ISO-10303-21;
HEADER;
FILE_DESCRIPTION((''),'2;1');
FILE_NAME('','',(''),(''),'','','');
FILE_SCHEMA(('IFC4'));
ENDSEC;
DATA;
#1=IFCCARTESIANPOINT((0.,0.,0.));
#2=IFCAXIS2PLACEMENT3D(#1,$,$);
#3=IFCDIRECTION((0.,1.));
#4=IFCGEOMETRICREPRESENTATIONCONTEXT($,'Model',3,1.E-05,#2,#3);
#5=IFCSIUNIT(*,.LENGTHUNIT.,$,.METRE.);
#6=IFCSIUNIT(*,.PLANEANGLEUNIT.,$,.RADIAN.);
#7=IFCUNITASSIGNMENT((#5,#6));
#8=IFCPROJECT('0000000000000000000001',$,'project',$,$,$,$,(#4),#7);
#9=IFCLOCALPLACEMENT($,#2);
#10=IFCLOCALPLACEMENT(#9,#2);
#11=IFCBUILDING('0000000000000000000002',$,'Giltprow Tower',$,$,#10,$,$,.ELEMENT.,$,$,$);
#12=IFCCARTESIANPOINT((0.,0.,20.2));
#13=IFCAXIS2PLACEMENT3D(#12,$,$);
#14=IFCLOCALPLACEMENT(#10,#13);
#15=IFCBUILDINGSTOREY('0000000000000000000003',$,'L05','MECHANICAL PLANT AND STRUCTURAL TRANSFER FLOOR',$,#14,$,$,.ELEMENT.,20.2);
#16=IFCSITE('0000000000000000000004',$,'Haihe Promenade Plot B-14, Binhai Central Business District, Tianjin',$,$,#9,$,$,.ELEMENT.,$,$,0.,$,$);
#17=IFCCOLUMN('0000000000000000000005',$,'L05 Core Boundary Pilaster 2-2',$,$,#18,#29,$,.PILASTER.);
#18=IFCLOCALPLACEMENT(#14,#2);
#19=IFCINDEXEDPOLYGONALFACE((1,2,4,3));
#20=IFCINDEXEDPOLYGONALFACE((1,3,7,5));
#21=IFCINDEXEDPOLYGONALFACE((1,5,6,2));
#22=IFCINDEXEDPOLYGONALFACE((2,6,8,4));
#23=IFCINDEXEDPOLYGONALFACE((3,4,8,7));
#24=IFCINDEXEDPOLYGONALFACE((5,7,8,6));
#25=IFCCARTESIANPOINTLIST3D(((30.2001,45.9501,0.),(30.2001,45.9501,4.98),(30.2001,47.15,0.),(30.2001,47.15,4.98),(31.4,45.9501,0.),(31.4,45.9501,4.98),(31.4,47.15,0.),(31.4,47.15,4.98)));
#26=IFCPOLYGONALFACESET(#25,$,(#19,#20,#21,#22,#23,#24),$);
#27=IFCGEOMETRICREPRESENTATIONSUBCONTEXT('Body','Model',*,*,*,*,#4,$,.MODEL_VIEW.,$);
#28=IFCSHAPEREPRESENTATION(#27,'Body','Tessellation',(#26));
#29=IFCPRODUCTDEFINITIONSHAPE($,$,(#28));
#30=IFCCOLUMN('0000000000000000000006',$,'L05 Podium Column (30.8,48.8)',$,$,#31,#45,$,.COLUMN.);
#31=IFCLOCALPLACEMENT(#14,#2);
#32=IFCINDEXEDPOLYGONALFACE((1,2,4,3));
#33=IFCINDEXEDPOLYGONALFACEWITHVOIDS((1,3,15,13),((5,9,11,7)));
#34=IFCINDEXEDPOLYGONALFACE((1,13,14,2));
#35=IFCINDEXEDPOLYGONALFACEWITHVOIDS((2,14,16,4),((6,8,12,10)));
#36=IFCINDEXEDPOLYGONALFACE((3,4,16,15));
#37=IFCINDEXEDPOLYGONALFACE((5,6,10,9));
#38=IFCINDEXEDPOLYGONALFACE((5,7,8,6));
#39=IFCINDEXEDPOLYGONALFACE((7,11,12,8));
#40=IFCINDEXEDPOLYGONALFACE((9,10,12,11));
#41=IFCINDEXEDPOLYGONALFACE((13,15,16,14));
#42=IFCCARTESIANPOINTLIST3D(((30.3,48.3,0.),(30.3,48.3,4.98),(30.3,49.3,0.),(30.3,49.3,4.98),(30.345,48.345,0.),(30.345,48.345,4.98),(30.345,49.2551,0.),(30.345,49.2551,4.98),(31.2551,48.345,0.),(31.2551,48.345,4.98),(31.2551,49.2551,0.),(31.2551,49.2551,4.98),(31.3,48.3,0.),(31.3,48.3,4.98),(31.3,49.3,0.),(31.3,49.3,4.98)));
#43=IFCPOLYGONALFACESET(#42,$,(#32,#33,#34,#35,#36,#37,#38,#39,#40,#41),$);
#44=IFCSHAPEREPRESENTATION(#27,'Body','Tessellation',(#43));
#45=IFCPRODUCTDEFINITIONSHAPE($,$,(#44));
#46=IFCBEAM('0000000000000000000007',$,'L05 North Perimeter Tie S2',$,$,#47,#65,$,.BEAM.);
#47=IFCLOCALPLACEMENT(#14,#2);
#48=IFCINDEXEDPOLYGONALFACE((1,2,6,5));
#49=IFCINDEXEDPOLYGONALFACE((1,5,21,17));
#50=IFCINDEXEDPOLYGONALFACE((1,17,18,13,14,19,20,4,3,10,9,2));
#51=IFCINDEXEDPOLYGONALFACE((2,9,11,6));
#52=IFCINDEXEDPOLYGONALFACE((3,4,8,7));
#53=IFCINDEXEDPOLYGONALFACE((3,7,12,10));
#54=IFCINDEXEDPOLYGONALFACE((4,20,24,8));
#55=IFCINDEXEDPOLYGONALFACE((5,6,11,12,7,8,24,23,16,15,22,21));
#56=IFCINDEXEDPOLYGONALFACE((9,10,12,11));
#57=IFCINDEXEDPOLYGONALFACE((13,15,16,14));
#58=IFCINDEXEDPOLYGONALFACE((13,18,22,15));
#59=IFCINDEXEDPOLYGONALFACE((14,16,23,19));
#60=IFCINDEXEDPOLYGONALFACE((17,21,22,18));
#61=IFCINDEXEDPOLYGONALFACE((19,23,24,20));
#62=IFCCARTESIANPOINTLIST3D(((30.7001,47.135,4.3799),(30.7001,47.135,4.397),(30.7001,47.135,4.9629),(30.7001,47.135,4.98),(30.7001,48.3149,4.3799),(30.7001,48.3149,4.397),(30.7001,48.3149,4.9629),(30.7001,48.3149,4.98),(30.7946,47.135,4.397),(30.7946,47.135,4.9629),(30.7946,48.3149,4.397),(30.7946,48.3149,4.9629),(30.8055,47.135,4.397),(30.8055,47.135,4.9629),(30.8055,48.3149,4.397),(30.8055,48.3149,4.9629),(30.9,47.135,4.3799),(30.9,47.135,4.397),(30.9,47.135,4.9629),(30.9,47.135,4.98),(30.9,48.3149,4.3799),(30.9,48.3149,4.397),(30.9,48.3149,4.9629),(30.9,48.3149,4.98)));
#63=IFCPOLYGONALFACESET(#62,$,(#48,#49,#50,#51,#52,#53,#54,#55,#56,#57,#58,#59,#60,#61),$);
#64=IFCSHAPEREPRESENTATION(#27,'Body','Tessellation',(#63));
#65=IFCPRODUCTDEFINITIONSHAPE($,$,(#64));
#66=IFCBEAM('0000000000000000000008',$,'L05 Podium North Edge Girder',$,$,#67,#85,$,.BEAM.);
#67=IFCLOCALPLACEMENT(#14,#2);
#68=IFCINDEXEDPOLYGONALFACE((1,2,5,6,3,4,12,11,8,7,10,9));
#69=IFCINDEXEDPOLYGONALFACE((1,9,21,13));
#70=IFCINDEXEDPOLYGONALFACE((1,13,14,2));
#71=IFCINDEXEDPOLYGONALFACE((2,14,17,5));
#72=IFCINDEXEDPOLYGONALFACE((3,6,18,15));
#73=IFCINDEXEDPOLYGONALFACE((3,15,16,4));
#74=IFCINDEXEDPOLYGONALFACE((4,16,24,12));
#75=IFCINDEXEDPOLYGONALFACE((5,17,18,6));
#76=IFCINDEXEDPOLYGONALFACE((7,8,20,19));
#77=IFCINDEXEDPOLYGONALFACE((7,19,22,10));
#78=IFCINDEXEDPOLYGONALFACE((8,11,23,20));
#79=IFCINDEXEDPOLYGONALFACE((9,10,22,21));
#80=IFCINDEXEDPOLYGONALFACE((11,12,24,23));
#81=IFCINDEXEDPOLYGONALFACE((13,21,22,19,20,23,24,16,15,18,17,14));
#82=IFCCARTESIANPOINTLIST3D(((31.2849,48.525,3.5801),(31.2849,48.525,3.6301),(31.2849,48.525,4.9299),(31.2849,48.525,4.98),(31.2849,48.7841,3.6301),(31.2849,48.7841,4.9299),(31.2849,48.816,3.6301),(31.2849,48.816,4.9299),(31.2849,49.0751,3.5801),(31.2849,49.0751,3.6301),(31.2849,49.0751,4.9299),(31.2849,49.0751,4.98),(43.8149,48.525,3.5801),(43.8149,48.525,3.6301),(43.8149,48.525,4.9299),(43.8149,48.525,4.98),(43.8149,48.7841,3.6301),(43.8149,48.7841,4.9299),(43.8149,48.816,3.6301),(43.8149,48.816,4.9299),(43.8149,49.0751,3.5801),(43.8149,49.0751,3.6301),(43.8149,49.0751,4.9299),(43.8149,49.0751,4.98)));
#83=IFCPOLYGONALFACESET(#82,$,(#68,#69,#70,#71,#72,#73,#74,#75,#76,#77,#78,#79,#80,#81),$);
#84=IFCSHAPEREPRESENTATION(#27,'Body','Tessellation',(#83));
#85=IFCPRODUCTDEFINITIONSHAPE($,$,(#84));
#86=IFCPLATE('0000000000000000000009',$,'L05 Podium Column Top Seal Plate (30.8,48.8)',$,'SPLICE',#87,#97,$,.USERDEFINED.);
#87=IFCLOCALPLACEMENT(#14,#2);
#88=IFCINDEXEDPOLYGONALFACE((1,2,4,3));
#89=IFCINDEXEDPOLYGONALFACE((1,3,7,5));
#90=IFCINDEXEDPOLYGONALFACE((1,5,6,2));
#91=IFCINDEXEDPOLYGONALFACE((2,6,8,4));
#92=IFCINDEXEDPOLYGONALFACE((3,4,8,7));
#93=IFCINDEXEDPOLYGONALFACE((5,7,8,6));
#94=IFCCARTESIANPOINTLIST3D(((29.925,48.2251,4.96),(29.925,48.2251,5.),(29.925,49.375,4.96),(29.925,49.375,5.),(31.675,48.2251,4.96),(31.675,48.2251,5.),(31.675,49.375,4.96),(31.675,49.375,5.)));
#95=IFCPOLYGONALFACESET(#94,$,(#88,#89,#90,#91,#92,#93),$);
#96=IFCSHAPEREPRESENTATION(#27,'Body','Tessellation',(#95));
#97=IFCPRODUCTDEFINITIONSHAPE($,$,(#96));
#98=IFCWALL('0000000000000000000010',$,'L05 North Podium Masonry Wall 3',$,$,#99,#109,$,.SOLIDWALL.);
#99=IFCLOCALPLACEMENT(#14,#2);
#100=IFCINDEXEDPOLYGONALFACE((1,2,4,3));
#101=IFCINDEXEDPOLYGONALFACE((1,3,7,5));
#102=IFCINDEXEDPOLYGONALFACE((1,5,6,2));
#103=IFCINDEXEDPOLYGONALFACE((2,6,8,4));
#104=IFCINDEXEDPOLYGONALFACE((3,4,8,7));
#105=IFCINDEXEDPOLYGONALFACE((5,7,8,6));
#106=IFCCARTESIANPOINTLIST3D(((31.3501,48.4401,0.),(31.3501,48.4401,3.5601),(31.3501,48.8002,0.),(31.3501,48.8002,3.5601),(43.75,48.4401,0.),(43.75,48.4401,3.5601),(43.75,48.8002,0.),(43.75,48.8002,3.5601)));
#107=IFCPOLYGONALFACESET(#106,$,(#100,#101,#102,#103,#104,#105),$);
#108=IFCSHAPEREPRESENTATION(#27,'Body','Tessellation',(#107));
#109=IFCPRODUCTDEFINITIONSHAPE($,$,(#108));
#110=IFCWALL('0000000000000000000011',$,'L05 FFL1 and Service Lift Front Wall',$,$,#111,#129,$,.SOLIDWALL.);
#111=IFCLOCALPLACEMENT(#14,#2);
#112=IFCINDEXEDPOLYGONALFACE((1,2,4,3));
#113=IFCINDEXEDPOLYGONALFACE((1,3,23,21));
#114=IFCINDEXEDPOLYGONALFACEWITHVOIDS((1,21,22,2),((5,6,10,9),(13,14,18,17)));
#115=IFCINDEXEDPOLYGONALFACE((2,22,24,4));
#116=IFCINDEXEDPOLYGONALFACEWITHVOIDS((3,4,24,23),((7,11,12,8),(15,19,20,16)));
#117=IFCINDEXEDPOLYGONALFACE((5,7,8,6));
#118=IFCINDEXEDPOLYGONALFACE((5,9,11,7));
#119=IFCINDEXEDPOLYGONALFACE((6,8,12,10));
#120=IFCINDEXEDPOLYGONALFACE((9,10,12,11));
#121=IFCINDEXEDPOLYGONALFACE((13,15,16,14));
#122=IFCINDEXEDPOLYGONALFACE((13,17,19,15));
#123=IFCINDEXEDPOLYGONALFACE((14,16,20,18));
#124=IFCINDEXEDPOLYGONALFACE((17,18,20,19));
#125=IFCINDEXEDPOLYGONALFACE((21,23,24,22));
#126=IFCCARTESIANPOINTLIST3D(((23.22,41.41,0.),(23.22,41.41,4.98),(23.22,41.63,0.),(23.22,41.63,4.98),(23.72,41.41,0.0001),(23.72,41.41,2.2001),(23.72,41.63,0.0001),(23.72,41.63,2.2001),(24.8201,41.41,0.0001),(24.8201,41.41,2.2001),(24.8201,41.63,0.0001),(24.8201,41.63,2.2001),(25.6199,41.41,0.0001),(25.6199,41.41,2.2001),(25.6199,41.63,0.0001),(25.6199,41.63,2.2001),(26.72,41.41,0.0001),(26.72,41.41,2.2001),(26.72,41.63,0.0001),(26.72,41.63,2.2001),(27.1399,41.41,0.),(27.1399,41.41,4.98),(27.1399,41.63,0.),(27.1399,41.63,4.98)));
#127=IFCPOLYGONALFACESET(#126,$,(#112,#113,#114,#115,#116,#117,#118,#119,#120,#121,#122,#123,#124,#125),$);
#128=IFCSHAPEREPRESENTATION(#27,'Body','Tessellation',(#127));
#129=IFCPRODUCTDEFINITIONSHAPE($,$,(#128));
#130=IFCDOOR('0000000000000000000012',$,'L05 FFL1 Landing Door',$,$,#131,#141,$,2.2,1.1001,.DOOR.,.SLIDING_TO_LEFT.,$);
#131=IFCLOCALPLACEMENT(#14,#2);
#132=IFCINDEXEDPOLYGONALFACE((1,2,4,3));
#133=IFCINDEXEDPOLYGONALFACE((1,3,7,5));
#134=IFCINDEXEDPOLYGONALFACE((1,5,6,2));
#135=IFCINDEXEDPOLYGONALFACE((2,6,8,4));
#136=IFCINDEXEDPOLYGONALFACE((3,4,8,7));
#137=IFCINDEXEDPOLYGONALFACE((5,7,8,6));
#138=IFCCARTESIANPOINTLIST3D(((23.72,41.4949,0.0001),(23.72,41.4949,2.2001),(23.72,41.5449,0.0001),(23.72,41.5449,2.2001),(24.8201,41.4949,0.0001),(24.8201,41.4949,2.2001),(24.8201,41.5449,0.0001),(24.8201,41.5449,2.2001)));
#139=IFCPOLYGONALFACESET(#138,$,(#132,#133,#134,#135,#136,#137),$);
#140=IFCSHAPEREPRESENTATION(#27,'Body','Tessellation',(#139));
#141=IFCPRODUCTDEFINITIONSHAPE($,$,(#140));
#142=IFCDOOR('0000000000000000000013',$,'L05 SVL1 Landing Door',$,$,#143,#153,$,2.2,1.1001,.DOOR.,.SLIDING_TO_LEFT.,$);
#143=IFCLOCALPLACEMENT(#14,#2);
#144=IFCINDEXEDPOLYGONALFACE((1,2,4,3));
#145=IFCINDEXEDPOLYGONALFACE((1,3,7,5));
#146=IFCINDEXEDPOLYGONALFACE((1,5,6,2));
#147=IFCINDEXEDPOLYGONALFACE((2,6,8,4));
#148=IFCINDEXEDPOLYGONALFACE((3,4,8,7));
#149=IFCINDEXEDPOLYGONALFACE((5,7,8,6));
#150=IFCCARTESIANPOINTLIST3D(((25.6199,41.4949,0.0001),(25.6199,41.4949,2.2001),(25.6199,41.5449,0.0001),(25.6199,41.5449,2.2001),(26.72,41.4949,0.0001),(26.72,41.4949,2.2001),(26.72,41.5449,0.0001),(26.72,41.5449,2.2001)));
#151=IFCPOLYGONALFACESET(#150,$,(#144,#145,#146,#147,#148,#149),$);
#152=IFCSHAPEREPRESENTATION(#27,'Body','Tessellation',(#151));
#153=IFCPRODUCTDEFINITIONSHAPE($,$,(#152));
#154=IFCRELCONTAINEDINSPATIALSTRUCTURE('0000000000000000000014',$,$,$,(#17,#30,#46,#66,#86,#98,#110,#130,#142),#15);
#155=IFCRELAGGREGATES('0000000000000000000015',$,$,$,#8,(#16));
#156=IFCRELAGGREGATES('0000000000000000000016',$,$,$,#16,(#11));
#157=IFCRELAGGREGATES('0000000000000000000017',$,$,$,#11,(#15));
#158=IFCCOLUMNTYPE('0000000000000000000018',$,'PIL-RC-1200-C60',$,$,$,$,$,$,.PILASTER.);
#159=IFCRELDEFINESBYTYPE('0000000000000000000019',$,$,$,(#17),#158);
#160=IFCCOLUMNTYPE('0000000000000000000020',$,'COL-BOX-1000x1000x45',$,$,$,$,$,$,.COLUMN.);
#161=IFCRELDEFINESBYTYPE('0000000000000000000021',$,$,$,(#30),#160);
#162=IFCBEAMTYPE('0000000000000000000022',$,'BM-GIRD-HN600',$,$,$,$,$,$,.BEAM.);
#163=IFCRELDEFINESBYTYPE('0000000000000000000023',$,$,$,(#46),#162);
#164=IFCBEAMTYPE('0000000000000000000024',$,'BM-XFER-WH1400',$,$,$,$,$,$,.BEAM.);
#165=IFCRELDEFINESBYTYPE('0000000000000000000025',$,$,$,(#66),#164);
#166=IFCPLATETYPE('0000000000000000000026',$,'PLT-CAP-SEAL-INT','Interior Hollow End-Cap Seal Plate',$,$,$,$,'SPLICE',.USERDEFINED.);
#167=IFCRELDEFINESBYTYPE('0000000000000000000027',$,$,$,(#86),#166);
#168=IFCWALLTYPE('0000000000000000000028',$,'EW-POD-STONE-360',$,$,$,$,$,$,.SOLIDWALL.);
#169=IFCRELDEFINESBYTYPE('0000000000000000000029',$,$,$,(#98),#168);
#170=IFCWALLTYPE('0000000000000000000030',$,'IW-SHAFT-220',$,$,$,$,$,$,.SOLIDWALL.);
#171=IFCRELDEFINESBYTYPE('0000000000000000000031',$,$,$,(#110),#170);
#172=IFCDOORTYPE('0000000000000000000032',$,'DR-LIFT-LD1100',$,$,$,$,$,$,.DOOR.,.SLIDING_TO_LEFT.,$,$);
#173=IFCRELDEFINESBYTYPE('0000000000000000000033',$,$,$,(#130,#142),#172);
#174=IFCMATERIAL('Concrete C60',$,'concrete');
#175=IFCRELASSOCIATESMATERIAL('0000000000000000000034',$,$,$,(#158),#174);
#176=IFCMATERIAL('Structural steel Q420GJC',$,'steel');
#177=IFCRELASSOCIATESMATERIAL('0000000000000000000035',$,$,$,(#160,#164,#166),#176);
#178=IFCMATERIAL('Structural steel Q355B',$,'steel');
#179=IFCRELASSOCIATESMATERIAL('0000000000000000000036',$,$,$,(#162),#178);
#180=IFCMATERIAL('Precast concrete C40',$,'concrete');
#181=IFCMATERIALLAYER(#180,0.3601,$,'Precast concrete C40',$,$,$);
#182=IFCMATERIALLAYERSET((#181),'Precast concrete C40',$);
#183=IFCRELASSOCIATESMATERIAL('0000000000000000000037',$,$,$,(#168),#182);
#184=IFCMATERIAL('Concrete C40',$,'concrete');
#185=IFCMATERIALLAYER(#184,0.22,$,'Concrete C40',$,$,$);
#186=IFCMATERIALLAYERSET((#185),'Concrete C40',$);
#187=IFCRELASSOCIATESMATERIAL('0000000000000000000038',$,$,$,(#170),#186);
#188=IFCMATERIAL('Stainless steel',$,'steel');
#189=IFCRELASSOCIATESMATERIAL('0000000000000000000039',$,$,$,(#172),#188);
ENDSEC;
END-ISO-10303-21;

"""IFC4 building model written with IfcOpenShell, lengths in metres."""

from ifc_helpers import new_model, si_unit, direction, frame, frame_2d, origin, origin_2d, place, context, subcontext, project, spatial, rectangle, hollow_rectangle, i_section, extrude, source, transform, mapped, material, layer, layer_set, material_profile, profile_set, type_object, element, fill, save


model = new_model("IFC4")

# Units and contexts
model_context = context("Model", 3, precision=1e-05, world=origin(), true_north=direction((0.0, 1.0)))
body_context = subcontext(model_context, "Body", "Model", "MODEL_VIEW")
ifc_project = project(units=[si_unit("LENGTHUNIT", "METRE"), si_unit("PLANEANGLEUNIT", "RADIAN")], contexts=[model_context])

# Site, building, storey
site_placement = place(None, origin())
site = spatial("IfcSite", under=ifc_project, at=site_placement, Name="Haihe Promenade Plot B-14, Binhai Central Business District, Tianjin", CompositionType="ELEMENT", RefElevation=0.0)
building_placement = place(site_placement, origin())
building = spatial("IfcBuilding", under=site, at=building_placement, Name="Giltprow Tower", CompositionType="ELEMENT")
storey_placement = place(building_placement, frame((0.0, 0.0, 20.2)))
storey = spatial("IfcBuildingStorey", under=building, at=storey_placement, Name="L05", Description="MECHANICAL PLANT AND STRUCTURAL TRANSFER FLOOR", CompositionType="ELEMENT", Elevation=20.2)

# Columns
ifc_material_1 = material(Name="Concrete C60", Category="concrete")
ifc_material_profile_1 = material_profile(ifc_material_1, rectangle(XDim=1.2, YDim=1.2, at=origin_2d()), Name="RC 1200x1200")
ifc_profile_set_1 = profile_set([ifc_material_profile_1], Name="Concrete C60")
column_type_1 = type_object("IfcColumnType", Name="PIL-RC-1200-C60", PredefinedType="PILASTER", material=ifc_profile_set_1)
shared_shape_1 = source(origin(), body_context, "Body", "SweptSolid", [
    extrude(rectangle(XDim=1.2, YDim=1.2, at=origin_2d()), origin(), (0.0, 0.0, 1.0), 4.98),
])
column_1_placement = place(storey_placement, frame((30.8, 46.55, 0.0), z_axis=(0.0, 0.0, 1.0), x_axis=(1.0, 0.0, 0.0)))
element("IfcColumn", 1, at=column_1_placement, inside=storey, type_object=column_type_1, Name="L05 Core Boundary Pilaster 2-2", PredefinedType="PILASTER", context=body_context, shape_type="MappedRepresentation", body=[
    mapped(shared_shape_1, transform((0.0, 0.0, 0.0), x_axis=(1.0, 0.0, 0.0), y_axis=(0.0, 1.0, 0.0), z_axis=(0.0, 0.0, 1.0), scale=1.0)),
])
ifc_material_2 = material(Name="Structural steel Q420GJC", Category="steel")
ifc_material_profile_2 = material_profile(ifc_material_2, hollow_rectangle(XDim=1.0, YDim=1.0, WallThickness=0.0449, at=origin_2d()), Name="BOX 1000x1000x45")
ifc_profile_set_2 = profile_set([ifc_material_profile_2], Name="Structural steel Q420GJC")
column_type_2 = type_object("IfcColumnType", Name="COL-BOX-1000x1000x45", PredefinedType="COLUMN", material=ifc_profile_set_2)
shared_shape_2 = source(origin(), body_context, "Body", "SweptSolid", [
    extrude(hollow_rectangle(XDim=1.0, YDim=1.0, WallThickness=0.0449, at=origin_2d()), origin(), (0.0, 0.0, 1.0), 4.98),
])
column_2_placement = place(storey_placement, frame((30.8, 48.8, 0.0), z_axis=(0.0, 0.0, 1.0), x_axis=(1.0, 0.0, 0.0)))
element("IfcColumn", 2, at=column_2_placement, inside=storey, type_object=column_type_2, Name="L05 Podium Column (30.8,48.8)", PredefinedType="COLUMN", context=body_context, shape_type="MappedRepresentation", body=[
    mapped(shared_shape_2, transform((0.0, 0.0, 0.0), x_axis=(1.0, 0.0, 0.0), y_axis=(0.0, 1.0, 0.0), z_axis=(0.0, 0.0, 1.0), scale=1.0)),
])

# Beams
ifc_material_3 = material(Name="Structural steel Q355B", Category="steel")
ifc_material_profile_3 = material_profile(ifc_material_3, i_section(OverallWidth=0.2, OverallDepth=0.6001, WebThickness=0.011, FlangeThickness=0.0171, at=origin_2d()), Name="HN 600x200x11x17")
ifc_profile_set_3 = profile_set([ifc_material_profile_3], Name="Structural steel Q355B")
beam_type_1 = type_object("IfcBeamType", Name="BM-GIRD-HN600", PredefinedType="BEAM", material=ifc_profile_set_3)
shared_shape_3 = source(origin(), body_context, "Body", "SweptSolid", [
    extrude(i_section(OverallWidth=0.2, OverallDepth=0.6001, WebThickness=0.011, FlangeThickness=0.0171, at=origin_2d()), origin(), (0.0, 0.0, 1.0), 1.1799),
])
beam_1_placement = place(storey_placement, frame((30.8, 47.135, 4.6799), z_axis=(0.0, 1.0, 0.0), x_axis=(-1.0, 0.0, 0.0)))
element("IfcBeam", 3, at=beam_1_placement, inside=storey, type_object=beam_type_1, Name="L05 North Perimeter Tie S2", PredefinedType="BEAM", context=body_context, shape_type="MappedRepresentation", body=[
    mapped(shared_shape_3, transform((0.0, 0.0, 0.0), x_axis=(1.0, 0.0, 0.0), y_axis=(0.0, 1.0, 0.0), z_axis=(0.0, 0.0, 1.0), scale=1.0)),
])
ifc_material_profile_4 = material_profile(ifc_material_2, i_section(OverallWidth=0.55, OverallDepth=1.3999, WebThickness=0.032, FlangeThickness=0.05, at=origin_2d()), Name="WH 1400x550x32x50")
ifc_profile_set_4 = profile_set([ifc_material_profile_4], Name="Structural steel Q420GJC")
beam_type_2 = type_object("IfcBeamType", Name="BM-XFER-WH1400", PredefinedType="BEAM", material=ifc_profile_set_4)
shared_shape_4 = source(origin(), body_context, "Body", "SweptSolid", [
    extrude(i_section(OverallWidth=0.55, OverallDepth=1.3999, WebThickness=0.032, FlangeThickness=0.05, at=origin_2d()), origin(), (0.0, 0.0, 1.0), 12.53),
])
beam_2_placement = place(storey_placement, frame((31.2849, 48.8, 4.28), z_axis=(1.0, 0.0, 0.0), x_axis=(0.0, 1.0, 0.0)))
element("IfcBeam", 4, at=beam_2_placement, inside=storey, type_object=beam_type_2, Name="L05 Podium North Edge Girder", PredefinedType="BEAM", context=body_context, shape_type="MappedRepresentation", body=[
    mapped(shared_shape_4, transform((0.0, 0.0, 0.0), x_axis=(1.0, 0.0, 0.0), y_axis=(0.0, 1.0, 0.0), z_axis=(0.0, 0.0, 1.0), scale=1.0)),
])

# Plate
plate_type = type_object("IfcPlateType", Name="PLT-CAP-SEAL-INT", Description="Interior Hollow End-Cap Seal Plate", ElementType="SPLICE", PredefinedType="USERDEFINED", material=ifc_material_2)
shared_shape_5 = source(origin(), body_context, "Body", "SweptSolid", [
    extrude(rectangle(XDim=1.75, YDim=1.1499, at=origin_2d()), origin(), (0.0, 0.0, 1.0), 0.04),
])
plate_placement = place(storey_placement, frame((30.8, 48.8, 4.96), z_axis=(0.0, 0.0, 1.0), x_axis=(1.0, 0.0, 0.0)))
element("IfcPlate", 5, at=plate_placement, inside=storey, type_object=plate_type, Name="L05 Podium Column Top Seal Plate (30.8,48.8)", ObjectType="SPLICE", PredefinedType="USERDEFINED", context=body_context, shape_type="MappedRepresentation", body=[
    mapped(shared_shape_5, transform((0.0, 0.0, 0.0), x_axis=(1.0, 0.0, 0.0), y_axis=(0.0, 1.0, 0.0), z_axis=(0.0, 0.0, 1.0), scale=1.0)),
])

# Wall
ifc_material_4 = material(Name="Precast concrete C40", Category="concrete")
ifc_layer_1 = layer(ifc_material_4, 0.3601, Name="Precast concrete C40")
ifc_layer_set_1 = layer_set([ifc_layer_1], Name="Precast concrete C40")
wall_type_1 = type_object("IfcWallType", Name="EW-POD-STONE-360", PredefinedType="SOLIDWALL", material=ifc_layer_set_1)
wall_1_placement = place(storey_placement, frame((31.3501, 48.6201, 0.0), z_axis=(0.0, 0.0, 1.0), x_axis=(1.0, 0.0, 0.0)))
element("IfcWall", 6, at=wall_1_placement, inside=storey, type_object=wall_type_1, Name="L05 North Podium Masonry Wall 3", PredefinedType="SOLIDWALL", context=body_context, shape_type="SweptSolid", body=[
    extrude(rectangle(XDim=12.3999, YDim=0.3601, at=frame_2d((6.2, 0.0))), origin(), (0.0, 0.0, 1.0), 3.5601),
])

# Wall, openings, doors
ifc_material_5 = material(Name="Concrete C40", Category="concrete")
ifc_layer_2 = layer(ifc_material_5, 0.22, Name="Concrete C40")
ifc_layer_set_2 = layer_set([ifc_layer_2], Name="Concrete C40")
wall_type_2 = type_object("IfcWallType", Name="IW-SHAFT-220", PredefinedType="SOLIDWALL", material=ifc_layer_set_2)
wall_2_placement = place(storey_placement, frame((23.22, 41.52, 0.0), z_axis=(0.0, 0.0, 1.0), x_axis=(1.0, 0.0, 0.0)))
wall_2 = element("IfcWall", 7, at=wall_2_placement, inside=storey, type_object=wall_type_2, Name="L05 FFL1 and Service Lift Front Wall", PredefinedType="SOLIDWALL", context=body_context, shape_type="SweptSolid", body=[
    extrude(rectangle(XDim=3.9199, YDim=0.22, at=frame_2d((1.96, 0.0))), origin(), (0.0, 0.0, 1.0), 4.98),
])
opening_1_placement = place(wall_2_placement, frame((0.5, 0.0, 0.0)))
opening_1 = element("IfcOpeningElement", 8, at=opening_1_placement, cuts=wall_2, PredefinedType="OPENING", context=body_context, shape_type="SweptSolid", body=[
    extrude(rectangle(XDim=1.1001, YDim=2.2, at=frame_2d((0.55, 1.1001))), frame((0.0, 0.1199, 0.0), z_axis=(0.0, -1.0, 0.0), x_axis=(1.0, 0.0, 0.0)), (0.0, 0.0, 1.0), 0.24),
])
opening_2_placement = place(wall_2_placement, frame((2.3999, 0.0, 0.0)))
opening_2 = element("IfcOpeningElement", 9, at=opening_2_placement, cuts=wall_2, PredefinedType="OPENING", context=body_context, shape_type="SweptSolid", body=[
    extrude(rectangle(XDim=1.1001, YDim=2.2, at=frame_2d((0.55, 1.1001))), frame((0.0, 0.1199, 0.0), z_axis=(0.0, -1.0, 0.0), x_axis=(1.0, 0.0, 0.0)), (0.0, 0.0, 1.0), 0.24),
])
ifc_material_6 = material(Name="Stainless steel", Category="steel")
door_type = type_object("IfcDoorType", Name="DR-LIFT-LD1100", OperationType="SLIDING_TO_LEFT", PredefinedType="DOOR", material=ifc_material_6)
shared_shape_6 = source(origin(), body_context, "Body", "SweptSolid", [
    extrude(rectangle(XDim=1.1001, YDim=2.2, at=frame_2d((0.55, 1.1001))), frame((0.0, 0.0249, 0.0), z_axis=(0.0, -1.0, 0.0), x_axis=(1.0, 0.0, 0.0)), (0.0, 0.0, 1.0), 0.05),
])
door_1_placement = place(opening_1_placement, origin())
door_1 = element("IfcDoor", 10, at=door_1_placement, inside=storey, type_object=door_type, Name="L05 FFL1 Landing Door", OperationType="SLIDING_TO_LEFT", OverallHeight=2.2, OverallWidth=1.1001, PredefinedType="DOOR", context=body_context, shape_type="MappedRepresentation", body=[
    mapped(shared_shape_6, transform((0.0, 0.0, 0.0), x_axis=(1.0, 0.0, 0.0), y_axis=(0.0, 1.0, 0.0), z_axis=(0.0, 0.0, 1.0), scale=1.0)),
])
fill(opening_1, door_1)
door_2_placement = place(opening_2_placement, origin())
door_2 = element("IfcDoor", 11, at=door_2_placement, inside=storey, type_object=door_type, Name="L05 SVL1 Landing Door", OperationType="SLIDING_TO_LEFT", OverallHeight=2.2, OverallWidth=1.1001, PredefinedType="DOOR", context=body_context, shape_type="MappedRepresentation", body=[
    mapped(shared_shape_6, transform((0.0, 0.0, 0.0), x_axis=(1.0, 0.0, 0.0), y_axis=(0.0, 1.0, 0.0), z_axis=(0.0, 0.0, 1.0), scale=1.0)),
])
fill(opening_2, door_2)

save(model, "model.ifc")
